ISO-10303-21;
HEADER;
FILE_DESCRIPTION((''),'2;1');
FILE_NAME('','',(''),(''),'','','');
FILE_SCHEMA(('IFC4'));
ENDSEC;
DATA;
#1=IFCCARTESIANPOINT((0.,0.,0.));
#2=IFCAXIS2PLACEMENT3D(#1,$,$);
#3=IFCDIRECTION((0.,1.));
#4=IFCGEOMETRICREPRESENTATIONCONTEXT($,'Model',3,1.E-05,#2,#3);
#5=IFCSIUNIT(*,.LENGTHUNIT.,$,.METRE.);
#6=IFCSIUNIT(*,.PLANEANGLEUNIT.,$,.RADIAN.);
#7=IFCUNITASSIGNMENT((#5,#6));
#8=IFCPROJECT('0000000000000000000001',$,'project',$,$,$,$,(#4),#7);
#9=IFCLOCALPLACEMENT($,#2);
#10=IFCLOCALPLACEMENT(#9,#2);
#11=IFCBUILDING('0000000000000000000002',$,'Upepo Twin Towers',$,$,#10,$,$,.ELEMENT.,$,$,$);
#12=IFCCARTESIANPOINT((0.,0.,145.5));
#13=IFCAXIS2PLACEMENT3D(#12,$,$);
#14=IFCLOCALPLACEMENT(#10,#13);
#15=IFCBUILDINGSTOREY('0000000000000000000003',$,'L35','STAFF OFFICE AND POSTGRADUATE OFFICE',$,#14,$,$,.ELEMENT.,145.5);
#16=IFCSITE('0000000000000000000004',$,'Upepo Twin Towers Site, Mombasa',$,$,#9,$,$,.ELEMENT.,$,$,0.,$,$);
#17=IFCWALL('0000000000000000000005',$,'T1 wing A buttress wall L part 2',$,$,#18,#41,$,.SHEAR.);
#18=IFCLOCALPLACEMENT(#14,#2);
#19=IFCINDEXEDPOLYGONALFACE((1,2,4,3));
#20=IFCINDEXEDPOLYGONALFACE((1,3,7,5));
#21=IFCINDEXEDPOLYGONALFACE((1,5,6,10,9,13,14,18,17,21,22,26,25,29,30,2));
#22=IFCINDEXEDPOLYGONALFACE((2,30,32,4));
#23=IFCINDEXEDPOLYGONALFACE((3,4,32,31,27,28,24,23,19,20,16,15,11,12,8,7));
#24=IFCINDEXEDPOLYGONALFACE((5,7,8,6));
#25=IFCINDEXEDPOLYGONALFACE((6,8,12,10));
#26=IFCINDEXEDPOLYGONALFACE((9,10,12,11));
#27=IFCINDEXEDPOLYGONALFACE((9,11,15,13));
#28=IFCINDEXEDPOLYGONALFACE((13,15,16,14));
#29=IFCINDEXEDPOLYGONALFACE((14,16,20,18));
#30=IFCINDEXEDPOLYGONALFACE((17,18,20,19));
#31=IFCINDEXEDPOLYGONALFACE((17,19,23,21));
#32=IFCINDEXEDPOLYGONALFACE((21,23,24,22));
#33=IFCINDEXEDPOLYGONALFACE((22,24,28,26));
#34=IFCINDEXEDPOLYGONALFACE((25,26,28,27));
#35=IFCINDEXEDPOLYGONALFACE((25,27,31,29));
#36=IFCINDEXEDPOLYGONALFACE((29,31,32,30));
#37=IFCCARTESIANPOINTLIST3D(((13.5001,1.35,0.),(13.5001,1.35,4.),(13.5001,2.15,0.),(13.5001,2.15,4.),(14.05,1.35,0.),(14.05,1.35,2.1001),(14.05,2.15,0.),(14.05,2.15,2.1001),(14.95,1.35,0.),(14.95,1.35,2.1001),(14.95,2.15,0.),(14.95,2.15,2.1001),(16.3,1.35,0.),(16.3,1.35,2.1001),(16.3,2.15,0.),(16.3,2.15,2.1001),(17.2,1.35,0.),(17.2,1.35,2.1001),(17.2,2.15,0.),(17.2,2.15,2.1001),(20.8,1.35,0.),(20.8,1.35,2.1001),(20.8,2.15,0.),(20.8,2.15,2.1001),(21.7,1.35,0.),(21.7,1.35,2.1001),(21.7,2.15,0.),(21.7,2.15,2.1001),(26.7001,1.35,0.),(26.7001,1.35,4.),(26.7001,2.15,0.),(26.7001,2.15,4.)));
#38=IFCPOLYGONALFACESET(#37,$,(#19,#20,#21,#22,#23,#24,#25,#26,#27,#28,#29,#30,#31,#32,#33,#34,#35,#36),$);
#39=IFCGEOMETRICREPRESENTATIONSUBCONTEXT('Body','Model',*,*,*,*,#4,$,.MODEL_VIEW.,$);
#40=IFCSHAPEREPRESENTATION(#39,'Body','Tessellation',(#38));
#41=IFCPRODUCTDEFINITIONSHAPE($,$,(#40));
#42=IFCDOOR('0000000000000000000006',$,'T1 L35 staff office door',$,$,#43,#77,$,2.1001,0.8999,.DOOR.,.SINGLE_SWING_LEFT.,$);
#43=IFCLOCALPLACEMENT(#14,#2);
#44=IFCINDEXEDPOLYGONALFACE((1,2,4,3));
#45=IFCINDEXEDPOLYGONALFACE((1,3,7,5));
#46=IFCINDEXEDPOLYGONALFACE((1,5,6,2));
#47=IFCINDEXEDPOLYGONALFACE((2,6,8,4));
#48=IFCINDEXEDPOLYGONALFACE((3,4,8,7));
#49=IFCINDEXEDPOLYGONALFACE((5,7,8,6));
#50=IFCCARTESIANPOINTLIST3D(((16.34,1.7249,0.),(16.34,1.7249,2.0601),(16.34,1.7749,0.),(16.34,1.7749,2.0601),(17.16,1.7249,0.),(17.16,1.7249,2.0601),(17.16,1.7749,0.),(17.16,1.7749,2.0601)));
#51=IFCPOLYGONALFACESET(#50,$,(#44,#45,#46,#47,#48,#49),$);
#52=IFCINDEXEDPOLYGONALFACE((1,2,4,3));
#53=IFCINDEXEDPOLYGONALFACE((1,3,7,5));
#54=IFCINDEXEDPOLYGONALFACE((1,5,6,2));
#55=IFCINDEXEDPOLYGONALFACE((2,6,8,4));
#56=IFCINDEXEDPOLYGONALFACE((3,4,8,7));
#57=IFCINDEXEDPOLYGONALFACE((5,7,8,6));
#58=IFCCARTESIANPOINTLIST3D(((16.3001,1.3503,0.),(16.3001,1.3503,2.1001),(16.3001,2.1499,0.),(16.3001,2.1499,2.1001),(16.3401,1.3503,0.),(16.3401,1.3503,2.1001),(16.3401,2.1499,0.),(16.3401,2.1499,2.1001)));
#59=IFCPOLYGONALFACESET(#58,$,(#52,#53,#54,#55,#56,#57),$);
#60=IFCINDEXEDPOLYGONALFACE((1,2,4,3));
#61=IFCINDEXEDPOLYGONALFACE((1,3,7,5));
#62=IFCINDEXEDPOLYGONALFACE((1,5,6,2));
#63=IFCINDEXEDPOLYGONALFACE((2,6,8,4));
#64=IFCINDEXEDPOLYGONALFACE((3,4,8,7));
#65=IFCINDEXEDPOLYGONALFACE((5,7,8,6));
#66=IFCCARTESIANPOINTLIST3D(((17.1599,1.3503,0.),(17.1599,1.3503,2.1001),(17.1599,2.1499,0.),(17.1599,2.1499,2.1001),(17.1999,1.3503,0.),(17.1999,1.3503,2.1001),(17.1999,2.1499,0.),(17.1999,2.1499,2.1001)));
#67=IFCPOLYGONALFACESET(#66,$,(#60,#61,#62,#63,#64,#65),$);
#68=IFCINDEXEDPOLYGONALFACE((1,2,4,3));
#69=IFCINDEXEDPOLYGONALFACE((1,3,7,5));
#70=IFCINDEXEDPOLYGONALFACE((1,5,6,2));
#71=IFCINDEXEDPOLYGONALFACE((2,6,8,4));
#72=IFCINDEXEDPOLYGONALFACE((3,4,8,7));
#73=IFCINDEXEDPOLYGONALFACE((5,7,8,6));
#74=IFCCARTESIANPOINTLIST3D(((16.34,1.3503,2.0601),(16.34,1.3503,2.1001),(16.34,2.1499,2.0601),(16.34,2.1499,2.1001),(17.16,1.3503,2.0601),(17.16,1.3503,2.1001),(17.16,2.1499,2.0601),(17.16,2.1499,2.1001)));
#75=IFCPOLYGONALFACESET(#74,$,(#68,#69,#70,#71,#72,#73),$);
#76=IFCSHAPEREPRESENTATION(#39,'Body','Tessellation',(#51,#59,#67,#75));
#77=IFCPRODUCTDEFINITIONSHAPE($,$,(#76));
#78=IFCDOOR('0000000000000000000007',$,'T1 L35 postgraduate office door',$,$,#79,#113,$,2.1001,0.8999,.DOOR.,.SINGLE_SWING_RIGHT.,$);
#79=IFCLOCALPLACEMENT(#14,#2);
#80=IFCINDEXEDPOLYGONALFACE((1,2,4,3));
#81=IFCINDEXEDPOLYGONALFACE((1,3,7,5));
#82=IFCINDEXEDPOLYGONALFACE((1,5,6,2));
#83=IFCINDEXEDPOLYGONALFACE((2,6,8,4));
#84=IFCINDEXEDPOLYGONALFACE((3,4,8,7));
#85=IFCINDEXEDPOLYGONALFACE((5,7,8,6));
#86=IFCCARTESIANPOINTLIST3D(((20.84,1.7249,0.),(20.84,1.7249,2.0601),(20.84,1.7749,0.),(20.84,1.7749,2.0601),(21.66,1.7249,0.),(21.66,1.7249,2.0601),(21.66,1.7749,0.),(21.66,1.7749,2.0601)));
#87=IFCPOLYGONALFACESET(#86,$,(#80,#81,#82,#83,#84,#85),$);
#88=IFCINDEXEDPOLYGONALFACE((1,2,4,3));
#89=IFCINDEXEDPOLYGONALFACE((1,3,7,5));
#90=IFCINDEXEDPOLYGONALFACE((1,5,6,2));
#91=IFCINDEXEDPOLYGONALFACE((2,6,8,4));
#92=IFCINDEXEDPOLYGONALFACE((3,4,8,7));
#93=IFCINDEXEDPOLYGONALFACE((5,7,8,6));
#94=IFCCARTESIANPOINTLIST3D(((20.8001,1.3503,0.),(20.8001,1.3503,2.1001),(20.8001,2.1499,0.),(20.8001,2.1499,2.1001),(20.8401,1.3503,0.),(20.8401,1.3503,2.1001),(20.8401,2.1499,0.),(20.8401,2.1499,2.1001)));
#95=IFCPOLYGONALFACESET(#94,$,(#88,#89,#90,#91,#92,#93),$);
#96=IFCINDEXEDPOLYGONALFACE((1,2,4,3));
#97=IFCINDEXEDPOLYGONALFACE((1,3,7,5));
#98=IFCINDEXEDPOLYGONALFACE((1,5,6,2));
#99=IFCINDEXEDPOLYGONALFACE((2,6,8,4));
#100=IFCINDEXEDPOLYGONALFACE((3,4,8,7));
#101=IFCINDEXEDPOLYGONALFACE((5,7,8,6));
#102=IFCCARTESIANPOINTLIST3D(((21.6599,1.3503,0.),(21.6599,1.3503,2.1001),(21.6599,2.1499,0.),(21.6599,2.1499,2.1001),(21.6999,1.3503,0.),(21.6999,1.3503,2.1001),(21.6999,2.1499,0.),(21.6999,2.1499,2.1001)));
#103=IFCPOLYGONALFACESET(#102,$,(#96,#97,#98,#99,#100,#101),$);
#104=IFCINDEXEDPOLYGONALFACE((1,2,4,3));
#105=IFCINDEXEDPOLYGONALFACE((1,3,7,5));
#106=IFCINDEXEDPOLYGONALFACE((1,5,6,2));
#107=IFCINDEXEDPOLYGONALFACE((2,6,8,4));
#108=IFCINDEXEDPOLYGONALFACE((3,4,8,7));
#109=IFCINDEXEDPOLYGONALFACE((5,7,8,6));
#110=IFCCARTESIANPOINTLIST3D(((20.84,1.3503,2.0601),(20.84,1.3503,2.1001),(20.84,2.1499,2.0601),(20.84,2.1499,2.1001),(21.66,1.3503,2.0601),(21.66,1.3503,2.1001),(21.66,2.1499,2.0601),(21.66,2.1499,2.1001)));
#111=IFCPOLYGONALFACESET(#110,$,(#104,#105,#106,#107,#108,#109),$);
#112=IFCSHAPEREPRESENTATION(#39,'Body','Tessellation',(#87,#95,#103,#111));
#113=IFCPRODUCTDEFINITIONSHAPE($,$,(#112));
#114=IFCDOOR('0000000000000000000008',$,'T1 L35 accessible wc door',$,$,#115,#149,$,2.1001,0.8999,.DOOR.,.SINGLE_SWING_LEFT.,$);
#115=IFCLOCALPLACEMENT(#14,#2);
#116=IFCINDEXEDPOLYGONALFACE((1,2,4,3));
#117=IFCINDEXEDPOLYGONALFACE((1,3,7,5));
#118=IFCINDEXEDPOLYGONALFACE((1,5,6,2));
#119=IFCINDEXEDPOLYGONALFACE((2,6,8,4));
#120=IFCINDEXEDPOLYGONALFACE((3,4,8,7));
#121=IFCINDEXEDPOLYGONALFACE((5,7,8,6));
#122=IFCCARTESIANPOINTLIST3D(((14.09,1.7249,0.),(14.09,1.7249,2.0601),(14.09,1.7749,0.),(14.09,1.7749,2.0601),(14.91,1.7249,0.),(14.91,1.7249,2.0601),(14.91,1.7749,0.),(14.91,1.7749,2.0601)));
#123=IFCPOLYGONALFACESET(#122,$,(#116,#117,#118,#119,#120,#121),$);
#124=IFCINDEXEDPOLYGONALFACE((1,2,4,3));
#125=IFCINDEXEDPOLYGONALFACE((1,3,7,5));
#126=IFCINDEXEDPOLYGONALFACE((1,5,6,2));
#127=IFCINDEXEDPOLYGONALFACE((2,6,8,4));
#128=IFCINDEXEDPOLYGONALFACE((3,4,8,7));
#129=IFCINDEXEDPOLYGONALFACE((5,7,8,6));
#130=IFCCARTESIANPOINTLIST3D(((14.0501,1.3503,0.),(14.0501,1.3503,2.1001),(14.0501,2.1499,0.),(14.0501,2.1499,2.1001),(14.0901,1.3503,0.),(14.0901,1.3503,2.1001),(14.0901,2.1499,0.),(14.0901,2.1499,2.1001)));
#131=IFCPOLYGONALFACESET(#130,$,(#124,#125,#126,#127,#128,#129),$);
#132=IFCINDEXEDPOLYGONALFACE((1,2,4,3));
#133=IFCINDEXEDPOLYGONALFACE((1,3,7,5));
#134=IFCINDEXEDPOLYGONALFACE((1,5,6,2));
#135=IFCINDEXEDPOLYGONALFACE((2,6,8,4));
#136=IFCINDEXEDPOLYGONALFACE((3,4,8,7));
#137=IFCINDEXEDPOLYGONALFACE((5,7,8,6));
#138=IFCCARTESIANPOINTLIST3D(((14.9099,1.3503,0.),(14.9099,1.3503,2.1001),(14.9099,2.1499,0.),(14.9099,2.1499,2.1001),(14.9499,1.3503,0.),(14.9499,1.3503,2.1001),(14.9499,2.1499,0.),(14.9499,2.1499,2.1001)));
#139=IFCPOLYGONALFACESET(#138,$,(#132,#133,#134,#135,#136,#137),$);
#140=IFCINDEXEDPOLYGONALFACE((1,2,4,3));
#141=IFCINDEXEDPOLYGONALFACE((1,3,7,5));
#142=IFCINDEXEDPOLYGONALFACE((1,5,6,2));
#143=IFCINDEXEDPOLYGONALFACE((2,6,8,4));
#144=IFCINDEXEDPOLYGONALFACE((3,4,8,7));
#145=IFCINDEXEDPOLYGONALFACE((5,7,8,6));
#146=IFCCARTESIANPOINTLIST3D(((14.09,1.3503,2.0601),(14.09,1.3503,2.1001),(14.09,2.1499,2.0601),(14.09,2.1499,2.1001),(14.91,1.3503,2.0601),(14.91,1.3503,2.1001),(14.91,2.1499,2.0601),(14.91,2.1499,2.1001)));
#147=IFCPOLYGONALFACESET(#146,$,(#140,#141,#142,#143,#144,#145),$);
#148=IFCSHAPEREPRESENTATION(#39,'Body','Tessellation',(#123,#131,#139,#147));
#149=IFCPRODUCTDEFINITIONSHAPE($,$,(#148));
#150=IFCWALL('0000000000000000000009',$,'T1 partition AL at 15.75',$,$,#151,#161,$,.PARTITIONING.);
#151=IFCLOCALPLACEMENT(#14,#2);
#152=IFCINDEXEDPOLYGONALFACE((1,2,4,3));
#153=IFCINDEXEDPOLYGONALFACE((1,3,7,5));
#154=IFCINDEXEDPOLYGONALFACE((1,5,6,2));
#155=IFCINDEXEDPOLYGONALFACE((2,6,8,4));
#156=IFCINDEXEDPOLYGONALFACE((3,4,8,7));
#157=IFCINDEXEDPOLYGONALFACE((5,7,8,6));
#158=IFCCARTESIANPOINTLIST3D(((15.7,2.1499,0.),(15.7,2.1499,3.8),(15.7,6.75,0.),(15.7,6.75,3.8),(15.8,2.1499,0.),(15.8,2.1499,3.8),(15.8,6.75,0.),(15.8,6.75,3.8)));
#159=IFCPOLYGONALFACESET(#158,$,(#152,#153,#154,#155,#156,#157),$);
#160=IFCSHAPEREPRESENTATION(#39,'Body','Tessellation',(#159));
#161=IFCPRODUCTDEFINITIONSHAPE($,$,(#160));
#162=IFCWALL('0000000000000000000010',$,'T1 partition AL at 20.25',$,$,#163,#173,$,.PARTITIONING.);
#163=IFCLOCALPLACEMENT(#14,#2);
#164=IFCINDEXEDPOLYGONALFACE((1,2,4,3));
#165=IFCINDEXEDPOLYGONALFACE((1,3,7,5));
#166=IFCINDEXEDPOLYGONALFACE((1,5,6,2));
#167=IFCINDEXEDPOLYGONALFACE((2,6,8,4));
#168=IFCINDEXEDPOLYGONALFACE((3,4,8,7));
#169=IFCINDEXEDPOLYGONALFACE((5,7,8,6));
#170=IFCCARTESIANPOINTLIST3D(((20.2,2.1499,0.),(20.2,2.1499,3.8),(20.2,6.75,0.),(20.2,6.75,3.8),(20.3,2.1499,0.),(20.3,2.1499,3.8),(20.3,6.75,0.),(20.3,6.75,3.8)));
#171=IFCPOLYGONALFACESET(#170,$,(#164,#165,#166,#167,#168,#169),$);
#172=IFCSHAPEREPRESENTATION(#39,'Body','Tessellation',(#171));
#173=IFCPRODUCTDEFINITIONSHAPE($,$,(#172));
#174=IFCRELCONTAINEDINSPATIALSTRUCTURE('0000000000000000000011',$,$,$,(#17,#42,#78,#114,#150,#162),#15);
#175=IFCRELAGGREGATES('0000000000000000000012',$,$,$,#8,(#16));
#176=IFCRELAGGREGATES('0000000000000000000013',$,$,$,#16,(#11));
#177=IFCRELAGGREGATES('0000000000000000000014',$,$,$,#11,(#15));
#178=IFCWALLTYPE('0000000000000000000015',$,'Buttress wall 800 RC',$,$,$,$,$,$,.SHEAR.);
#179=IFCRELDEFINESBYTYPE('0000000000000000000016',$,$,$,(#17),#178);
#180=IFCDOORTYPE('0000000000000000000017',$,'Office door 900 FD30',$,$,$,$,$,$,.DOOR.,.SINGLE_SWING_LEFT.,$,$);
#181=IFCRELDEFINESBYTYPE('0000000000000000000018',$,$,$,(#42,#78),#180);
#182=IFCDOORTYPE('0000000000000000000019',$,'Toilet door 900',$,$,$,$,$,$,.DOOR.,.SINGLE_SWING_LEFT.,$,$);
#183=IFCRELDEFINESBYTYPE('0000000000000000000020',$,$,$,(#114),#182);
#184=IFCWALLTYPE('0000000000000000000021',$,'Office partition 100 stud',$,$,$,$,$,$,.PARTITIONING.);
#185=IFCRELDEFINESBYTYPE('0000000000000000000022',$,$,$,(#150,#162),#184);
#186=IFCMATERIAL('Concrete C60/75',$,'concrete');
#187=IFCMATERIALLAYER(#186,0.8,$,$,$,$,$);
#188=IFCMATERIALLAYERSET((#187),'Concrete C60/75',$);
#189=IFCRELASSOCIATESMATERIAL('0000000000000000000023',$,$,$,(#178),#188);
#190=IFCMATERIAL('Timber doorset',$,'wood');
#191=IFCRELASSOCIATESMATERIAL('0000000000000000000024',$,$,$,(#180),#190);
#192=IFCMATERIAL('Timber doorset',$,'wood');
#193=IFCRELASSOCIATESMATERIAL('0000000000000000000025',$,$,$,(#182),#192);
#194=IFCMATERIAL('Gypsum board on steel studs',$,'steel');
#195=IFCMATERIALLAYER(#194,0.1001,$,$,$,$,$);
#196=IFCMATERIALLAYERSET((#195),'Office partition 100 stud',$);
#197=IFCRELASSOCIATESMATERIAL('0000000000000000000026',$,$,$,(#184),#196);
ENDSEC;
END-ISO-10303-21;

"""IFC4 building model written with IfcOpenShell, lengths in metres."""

from ifc_helpers import new_model, si_unit, direction, frame, frame_2d, origin, place, context, subcontext, project, spatial, rectangle, extrude, material, layer, layer_set, type_object, element, fill, save


model = new_model("IFC4")

# Units and contexts
model_context = context("Model", 3, precision=1e-05, world=origin(), true_north=direction((0.0, 1.0)))
body_context = subcontext(model_context, "Body", "Model", "MODEL_VIEW")
ifc_project = project(units=[si_unit("LENGTHUNIT", "METRE"), si_unit("PLANEANGLEUNIT", "RADIAN")], contexts=[model_context])

# Site, building, storey
site_placement = place(None, origin())
site = spatial("IfcSite", under=ifc_project, at=site_placement, Name="Upepo Twin Towers Site, Mombasa", CompositionType="ELEMENT", RefElevation=0.0)
building_placement = place(site_placement, origin())
building = spatial("IfcBuilding", under=site, at=building_placement, Name="Upepo Twin Towers", CompositionType="ELEMENT")
storey_placement = place(building_placement, frame((0.0, 0.0, 145.5)))
storey = spatial("IfcBuildingStorey", under=building, at=storey_placement, Name="L35", Description="STAFF OFFICE AND POSTGRADUATE OFFICE", CompositionType="ELEMENT", Elevation=145.5)

# Wall, openings, doors
ifc_material_1 = material(Name="Concrete C60/75", Category="concrete")
ifc_layer_1 = layer(ifc_material_1, 0.8)
ifc_layer_set_1 = layer_set([ifc_layer_1], Name="Concrete C60/75")
wall_type_1 = type_object("IfcWallType", Name="Buttress wall 800 RC", PredefinedType="SHEAR", material=ifc_layer_set_1)
wall_1_placement = place(storey_placement, frame((13.5, 1.75, 0.0), z_axis=(0.0, 0.0, 1.0), x_axis=(1.0, 0.0, 0.0)))
wall_1 = element("IfcWall", 1, at=wall_1_placement, inside=storey, type_object=wall_type_1, Name="T1 wing A buttress wall L part 2", PredefinedType="SHEAR", context=body_context, shape_type="SweptSolid", body=[
    extrude(rectangle(XDim=13.2, YDim=0.8, at=frame_2d((6.6001, 0.0))), origin(), (0.0, 0.0, 1.0), 4.0),
])
opening_1_placement = place(wall_1_placement, frame((0.55, 0.0, 0.0)))
opening_1 = element("IfcOpeningElement", 2, at=opening_1_placement, cuts=wall_1, PredefinedType="OPENING", context=body_context, shape_type="SweptSolid", body=[
    extrude(rectangle(XDim=0.8999, YDim=2.1001, at=frame_2d((0.45, 1.05))), frame((0.0, 0.4099, 0.0), z_axis=(0.0, -1.0, 0.0), x_axis=(1.0, 0.0, 0.0)), (0.0, 0.0, 1.0), 0.8201),
])
opening_2_placement = place(wall_1_placement, frame((2.8, 0.0, 0.0)))
opening_2 = element("IfcOpeningElement", 3, at=opening_2_placement, cuts=wall_1, PredefinedType="OPENING", context=body_context, shape_type="SweptSolid", body=[
    extrude(rectangle(XDim=0.8999, YDim=2.1001, at=frame_2d((0.45, 1.05))), frame((0.0, 0.4099, 0.0), z_axis=(0.0, -1.0, 0.0), x_axis=(1.0, 0.0, 0.0)), (0.0, 0.0, 1.0), 0.8201),
])
opening_3_placement = place(wall_1_placement, frame((7.3, 0.0, 0.0)))
opening_3 = element("IfcOpeningElement", 4, at=opening_3_placement, cuts=wall_1, PredefinedType="OPENING", context=body_context, shape_type="SweptSolid", body=[
    extrude(rectangle(XDim=0.8999, YDim=2.1001, at=frame_2d((0.45, 1.05))), frame((0.0, 0.4099, 0.0), z_axis=(0.0, -1.0, 0.0), x_axis=(1.0, 0.0, 0.0)), (0.0, 0.0, 1.0), 0.8201),
])
ifc_material_2 = material(Name="Timber doorset", Category="wood")
door_type_1 = type_object("IfcDoorType", Name="Office door 900 FD30", OperationType="SINGLE_SWING_LEFT", PredefinedType="DOOR", material=ifc_material_2)
door_1_placement = place(opening_2_placement, origin())
door_1 = element("IfcDoor", 5, at=door_1_placement, inside=storey, type_object=door_type_1, Name="T1 L35 staff office door", OperationType="SINGLE_SWING_LEFT", OverallHeight=2.1001, OverallWidth=0.8999, PredefinedType="DOOR", context=body_context, shape_type="SweptSolid", body=[
    extrude(rectangle(XDim=0.8199, YDim=2.0601, at=frame_2d((0.45, 1.03))), frame((0.0, 0.0249, 0.0), z_axis=(0.0, -1.0, 0.0), x_axis=(1.0, 0.0, 0.0)), (0.0, 0.0, 1.0), 0.05),
    extrude(rectangle(XDim=0.04, YDim=2.1001, at=frame_2d((0.02, 1.05))), frame((0.0, 0.3999, 0.0), z_axis=(0.0, -1.0, 0.0), x_axis=(1.0, 0.0, 0.0)), (0.0, 0.0, 1.0), 0.7996),
    extrude(rectangle(XDim=0.04, YDim=2.1001, at=frame_2d((0.8799, 1.05))), frame((0.0, 0.3999, 0.0), z_axis=(0.0, -1.0, 0.0), x_axis=(1.0, 0.0, 0.0)), (0.0, 0.0, 1.0), 0.7996),
    extrude(rectangle(XDim=0.8199, YDim=0.04, at=frame_2d((0.45, 2.0801))), frame((0.0, 0.3999, 0.0), z_axis=(0.0, -1.0, 0.0), x_axis=(1.0, 0.0, 0.0)), (0.0, 0.0, 1.0), 0.7996),
])
fill(opening_2, door_1)
door_2_placement = place(opening_3_placement, origin())
door_2 = element("IfcDoor", 6, at=door_2_placement, inside=storey, type_object=door_type_1, Name="T1 L35 postgraduate office door", OperationType="SINGLE_SWING_RIGHT", OverallHeight=2.1001, OverallWidth=0.8999, PredefinedType="DOOR", context=body_context, shape_type="SweptSolid", body=[
    extrude(rectangle(XDim=0.8199, YDim=2.0601, at=frame_2d((0.45, 1.03))), frame((0.0, 0.0249, 0.0), z_axis=(0.0, -1.0, 0.0), x_axis=(1.0, 0.0, 0.0)), (0.0, 0.0, 1.0), 0.05),
    extrude(rectangle(XDim=0.04, YDim=2.1001, at=frame_2d((0.02, 1.05))), frame((0.0, 0.3999, 0.0), z_axis=(0.0, -1.0, 0.0), x_axis=(1.0, 0.0, 0.0)), (0.0, 0.0, 1.0), 0.7996),
    extrude(rectangle(XDim=0.04, YDim=2.1001, at=frame_2d((0.8799, 1.05))), frame((0.0, 0.3999, 0.0), z_axis=(0.0, -1.0, 0.0), x_axis=(1.0, 0.0, 0.0)), (0.0, 0.0, 1.0), 0.7996),
    extrude(rectangle(XDim=0.8199, YDim=0.04, at=frame_2d((0.45, 2.0801))), frame((0.0, 0.3999, 0.0), z_axis=(0.0, -1.0, 0.0), x_axis=(1.0, 0.0, 0.0)), (0.0, 0.0, 1.0), 0.7996),
])
fill(opening_3, door_2)
ifc_material_3 = material(Name="Timber doorset", Category="wood")
door_type_2 = type_object("IfcDoorType", Name="Toilet door 900", OperationType="SINGLE_SWING_LEFT", PredefinedType="DOOR", material=ifc_material_3)
door_3_placement = place(opening_1_placement, origin())
door_3 = element("IfcDoor", 7, at=door_3_placement, inside=storey, type_object=door_type_2, Name="T1 L35 accessible wc door", OperationType="SINGLE_SWING_LEFT", OverallHeight=2.1001, OverallWidth=0.8999, PredefinedType="DOOR", context=body_context, shape_type="SweptSolid", body=[
    extrude(rectangle(XDim=0.8199, YDim=2.0601, at=frame_2d((0.45, 1.03))), frame((0.0, 0.0249, 0.0), z_axis=(0.0, -1.0, 0.0), x_axis=(1.0, 0.0, 0.0)), (0.0, 0.0, 1.0), 0.05),
    extrude(rectangle(XDim=0.04, YDim=2.1001, at=frame_2d((0.02, 1.05))), frame((0.0, 0.3999, 0.0), z_axis=(0.0, -1.0, 0.0), x_axis=(1.0, 0.0, 0.0)), (0.0, 0.0, 1.0), 0.7996),
    extrude(rectangle(XDim=0.04, YDim=2.1001, at=frame_2d((0.8799, 1.05))), frame((0.0, 0.3999, 0.0), z_axis=(0.0, -1.0, 0.0), x_axis=(1.0, 0.0, 0.0)), (0.0, 0.0, 1.0), 0.7996),
    extrude(rectangle(XDim=0.8199, YDim=0.04, at=frame_2d((0.45, 2.0801))), frame((0.0, 0.3999, 0.0), z_axis=(0.0, -1.0, 0.0), x_axis=(1.0, 0.0, 0.0)), (0.0, 0.0, 1.0), 0.7996),
])
fill(opening_1, door_3)

# Walls
ifc_material_4 = material(Name="Gypsum board on steel studs", Category="steel")
ifc_layer_2 = layer(ifc_material_4, 0.1001)
ifc_layer_set_2 = layer_set([ifc_layer_2], Name="Office partition 100 stud")
wall_type_2 = type_object("IfcWallType", Name="Office partition 100 stud", PredefinedType="PARTITIONING", material=ifc_layer_set_2)
for number, where, z_axis, x_axis, name in (
    (8, (15.75, 2.1499, 0.0), (0.0, 0.0, 1.0), (0.0, 1.0, 0.0), "T1 partition AL at 15.75"),
    (9, (20.25, 2.1499, 0.0), (0.0, 0.0, 1.0), (0.0, 1.0, 0.0), "T1 partition AL at 20.25"),
):
    element("IfcWall", number, at=place(storey_placement, frame(where, z_axis=z_axis, x_axis=x_axis)), inside=storey, type_object=wall_type_2, Name=name, PredefinedType="PARTITIONING", context=body_context, shape_type="SweptSolid", body=[
        extrude(rectangle(XDim=4.6001, YDim=0.1001, at=frame_2d((2.3, 0.0))), origin(), (0.0, 0.0, 1.0), 3.8),
    ])

save(model, "model.ifc")
